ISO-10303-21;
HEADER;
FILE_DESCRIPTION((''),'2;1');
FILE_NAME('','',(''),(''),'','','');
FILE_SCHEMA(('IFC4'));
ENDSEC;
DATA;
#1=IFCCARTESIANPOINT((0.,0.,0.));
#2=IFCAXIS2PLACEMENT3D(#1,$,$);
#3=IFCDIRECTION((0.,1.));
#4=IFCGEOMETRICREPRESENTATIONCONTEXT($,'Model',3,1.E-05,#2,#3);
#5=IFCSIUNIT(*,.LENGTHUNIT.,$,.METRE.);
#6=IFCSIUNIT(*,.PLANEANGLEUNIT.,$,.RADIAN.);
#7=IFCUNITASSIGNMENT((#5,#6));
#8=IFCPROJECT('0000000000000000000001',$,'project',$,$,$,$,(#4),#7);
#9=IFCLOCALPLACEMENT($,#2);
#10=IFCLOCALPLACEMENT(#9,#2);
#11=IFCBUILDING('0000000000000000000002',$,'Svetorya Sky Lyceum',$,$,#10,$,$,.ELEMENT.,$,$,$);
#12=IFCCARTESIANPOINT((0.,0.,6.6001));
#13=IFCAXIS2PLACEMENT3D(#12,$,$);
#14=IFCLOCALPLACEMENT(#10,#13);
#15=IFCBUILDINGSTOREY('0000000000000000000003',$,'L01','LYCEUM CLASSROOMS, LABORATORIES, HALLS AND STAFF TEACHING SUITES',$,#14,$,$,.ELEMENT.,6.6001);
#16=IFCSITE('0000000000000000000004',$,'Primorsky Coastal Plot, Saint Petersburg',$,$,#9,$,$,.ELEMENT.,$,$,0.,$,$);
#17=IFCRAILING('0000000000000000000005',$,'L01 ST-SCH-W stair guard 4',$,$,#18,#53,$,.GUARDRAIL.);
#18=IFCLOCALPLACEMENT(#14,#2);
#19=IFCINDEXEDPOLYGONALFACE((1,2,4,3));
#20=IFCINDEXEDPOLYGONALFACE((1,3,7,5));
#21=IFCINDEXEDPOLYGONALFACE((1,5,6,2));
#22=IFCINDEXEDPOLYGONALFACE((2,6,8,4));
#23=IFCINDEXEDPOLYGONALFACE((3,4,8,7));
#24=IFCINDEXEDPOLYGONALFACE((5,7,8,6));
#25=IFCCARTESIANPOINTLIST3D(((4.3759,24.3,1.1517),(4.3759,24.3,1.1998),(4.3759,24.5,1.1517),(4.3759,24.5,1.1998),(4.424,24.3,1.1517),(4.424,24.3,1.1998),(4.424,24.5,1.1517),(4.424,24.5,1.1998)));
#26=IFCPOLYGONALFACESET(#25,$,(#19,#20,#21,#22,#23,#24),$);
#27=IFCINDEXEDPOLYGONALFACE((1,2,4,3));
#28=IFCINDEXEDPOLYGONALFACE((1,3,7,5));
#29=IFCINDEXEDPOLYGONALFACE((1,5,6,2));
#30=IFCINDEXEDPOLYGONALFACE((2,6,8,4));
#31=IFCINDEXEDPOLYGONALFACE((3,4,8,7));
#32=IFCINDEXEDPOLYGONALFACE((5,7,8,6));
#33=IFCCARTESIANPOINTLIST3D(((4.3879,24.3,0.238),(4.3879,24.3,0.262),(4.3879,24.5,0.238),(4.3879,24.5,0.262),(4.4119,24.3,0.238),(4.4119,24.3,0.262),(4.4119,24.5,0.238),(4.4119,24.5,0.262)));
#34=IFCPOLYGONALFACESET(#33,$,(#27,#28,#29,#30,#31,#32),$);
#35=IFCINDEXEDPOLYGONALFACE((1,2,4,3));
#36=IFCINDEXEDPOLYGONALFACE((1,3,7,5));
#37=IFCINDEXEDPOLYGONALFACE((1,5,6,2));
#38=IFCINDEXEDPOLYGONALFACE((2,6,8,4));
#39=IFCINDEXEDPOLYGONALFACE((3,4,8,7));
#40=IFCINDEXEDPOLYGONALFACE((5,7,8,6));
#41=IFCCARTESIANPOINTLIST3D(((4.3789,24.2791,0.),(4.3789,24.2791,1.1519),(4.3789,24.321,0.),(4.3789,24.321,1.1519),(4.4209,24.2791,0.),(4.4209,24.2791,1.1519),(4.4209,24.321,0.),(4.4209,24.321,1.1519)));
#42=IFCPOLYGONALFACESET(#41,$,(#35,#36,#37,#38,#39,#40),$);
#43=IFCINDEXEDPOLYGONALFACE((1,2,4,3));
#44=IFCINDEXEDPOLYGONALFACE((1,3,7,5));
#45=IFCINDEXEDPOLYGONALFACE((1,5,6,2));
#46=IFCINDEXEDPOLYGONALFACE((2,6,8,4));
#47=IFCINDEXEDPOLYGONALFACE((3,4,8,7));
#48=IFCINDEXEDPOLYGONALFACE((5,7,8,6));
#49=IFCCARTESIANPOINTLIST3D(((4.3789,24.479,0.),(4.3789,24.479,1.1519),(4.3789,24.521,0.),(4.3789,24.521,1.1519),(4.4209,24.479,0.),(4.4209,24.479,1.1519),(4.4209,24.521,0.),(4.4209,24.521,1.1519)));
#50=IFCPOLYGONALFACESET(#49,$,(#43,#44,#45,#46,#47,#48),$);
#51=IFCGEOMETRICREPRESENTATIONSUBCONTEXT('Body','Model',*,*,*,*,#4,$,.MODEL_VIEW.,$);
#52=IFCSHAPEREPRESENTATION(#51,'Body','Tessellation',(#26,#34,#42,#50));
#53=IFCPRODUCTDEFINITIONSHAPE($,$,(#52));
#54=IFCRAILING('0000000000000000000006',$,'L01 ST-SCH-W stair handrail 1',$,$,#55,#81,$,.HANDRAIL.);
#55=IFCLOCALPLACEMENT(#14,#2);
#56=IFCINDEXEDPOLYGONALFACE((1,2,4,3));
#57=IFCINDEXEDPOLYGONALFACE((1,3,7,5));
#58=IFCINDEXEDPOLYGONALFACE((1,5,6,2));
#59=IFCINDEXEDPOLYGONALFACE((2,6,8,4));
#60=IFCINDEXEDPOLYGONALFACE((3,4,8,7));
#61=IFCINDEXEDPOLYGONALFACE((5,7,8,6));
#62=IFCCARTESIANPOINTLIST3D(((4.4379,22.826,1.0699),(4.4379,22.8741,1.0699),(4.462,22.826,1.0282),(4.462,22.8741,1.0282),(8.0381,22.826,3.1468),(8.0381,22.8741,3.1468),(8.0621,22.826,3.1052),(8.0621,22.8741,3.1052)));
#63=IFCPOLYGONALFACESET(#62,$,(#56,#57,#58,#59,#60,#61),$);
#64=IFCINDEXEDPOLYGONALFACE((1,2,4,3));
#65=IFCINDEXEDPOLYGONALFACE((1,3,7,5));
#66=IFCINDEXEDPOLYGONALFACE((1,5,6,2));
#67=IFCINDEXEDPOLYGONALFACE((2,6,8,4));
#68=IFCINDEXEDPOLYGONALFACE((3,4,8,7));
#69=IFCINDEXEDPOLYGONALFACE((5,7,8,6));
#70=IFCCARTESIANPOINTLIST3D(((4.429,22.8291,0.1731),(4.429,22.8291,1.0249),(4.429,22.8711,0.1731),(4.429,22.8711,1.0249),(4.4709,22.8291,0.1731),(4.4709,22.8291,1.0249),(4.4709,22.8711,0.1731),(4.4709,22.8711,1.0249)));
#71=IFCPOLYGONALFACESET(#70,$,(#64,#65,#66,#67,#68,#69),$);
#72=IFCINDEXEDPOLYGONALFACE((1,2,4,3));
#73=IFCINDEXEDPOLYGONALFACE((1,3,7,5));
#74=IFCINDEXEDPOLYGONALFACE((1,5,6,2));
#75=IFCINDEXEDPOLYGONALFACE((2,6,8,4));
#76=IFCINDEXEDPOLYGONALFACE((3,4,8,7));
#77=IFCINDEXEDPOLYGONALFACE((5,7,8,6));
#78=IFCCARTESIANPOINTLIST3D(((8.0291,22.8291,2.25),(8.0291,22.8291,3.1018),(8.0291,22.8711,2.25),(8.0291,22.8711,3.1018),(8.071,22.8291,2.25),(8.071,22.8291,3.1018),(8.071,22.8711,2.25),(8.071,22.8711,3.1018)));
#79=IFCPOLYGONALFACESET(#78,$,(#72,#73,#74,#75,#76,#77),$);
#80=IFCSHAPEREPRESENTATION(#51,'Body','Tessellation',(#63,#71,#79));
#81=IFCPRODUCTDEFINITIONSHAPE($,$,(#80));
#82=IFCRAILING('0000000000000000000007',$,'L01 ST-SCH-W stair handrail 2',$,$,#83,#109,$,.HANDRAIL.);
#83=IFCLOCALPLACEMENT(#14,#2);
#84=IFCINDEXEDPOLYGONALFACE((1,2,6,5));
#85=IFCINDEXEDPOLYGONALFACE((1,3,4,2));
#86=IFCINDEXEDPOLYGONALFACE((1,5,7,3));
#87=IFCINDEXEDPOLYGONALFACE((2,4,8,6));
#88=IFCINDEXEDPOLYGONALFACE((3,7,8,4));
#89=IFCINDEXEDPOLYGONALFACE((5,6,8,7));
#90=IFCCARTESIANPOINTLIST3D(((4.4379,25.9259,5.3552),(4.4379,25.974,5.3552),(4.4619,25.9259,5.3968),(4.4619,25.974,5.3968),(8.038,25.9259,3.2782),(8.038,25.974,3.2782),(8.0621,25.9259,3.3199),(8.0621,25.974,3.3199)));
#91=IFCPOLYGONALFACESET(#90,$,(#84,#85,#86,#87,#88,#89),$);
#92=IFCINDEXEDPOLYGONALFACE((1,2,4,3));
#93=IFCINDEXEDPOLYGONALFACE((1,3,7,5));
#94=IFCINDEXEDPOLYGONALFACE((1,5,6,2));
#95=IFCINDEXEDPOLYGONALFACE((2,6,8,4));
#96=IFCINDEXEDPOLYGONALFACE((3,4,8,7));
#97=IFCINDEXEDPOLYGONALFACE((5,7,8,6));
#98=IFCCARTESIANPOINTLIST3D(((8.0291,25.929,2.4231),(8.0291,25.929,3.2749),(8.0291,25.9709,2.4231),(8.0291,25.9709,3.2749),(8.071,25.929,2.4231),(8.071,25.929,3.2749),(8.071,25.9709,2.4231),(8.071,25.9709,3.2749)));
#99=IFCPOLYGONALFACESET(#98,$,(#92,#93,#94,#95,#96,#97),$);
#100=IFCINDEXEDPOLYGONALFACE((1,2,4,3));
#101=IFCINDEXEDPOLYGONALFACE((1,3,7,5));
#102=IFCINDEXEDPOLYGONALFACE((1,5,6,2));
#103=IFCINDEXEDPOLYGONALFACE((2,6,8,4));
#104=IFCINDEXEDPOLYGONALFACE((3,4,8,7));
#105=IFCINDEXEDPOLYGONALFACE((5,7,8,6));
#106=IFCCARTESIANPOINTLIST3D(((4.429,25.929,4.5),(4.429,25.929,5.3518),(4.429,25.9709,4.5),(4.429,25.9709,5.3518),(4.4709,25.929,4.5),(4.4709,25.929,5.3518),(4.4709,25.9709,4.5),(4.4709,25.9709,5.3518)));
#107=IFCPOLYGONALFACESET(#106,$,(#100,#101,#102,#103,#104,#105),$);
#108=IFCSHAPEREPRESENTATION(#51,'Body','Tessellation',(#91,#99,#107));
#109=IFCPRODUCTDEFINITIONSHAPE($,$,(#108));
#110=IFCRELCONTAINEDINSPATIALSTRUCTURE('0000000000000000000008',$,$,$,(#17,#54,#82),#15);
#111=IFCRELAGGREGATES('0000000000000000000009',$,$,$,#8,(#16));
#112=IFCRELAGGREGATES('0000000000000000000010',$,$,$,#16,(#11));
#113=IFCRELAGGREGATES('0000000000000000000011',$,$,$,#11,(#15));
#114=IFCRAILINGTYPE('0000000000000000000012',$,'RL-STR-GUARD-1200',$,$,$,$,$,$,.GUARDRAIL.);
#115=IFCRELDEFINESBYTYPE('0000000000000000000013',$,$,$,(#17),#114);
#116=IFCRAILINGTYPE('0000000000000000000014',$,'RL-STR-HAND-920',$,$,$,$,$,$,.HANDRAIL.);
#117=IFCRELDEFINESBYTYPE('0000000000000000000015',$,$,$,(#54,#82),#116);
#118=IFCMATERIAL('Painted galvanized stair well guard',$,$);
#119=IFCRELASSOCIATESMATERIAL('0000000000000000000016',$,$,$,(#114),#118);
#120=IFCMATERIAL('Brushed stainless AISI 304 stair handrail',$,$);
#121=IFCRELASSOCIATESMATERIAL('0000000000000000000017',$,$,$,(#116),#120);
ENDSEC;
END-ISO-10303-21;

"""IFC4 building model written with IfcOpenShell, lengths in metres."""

from ifc_helpers import new_model, si_unit, direction, frame, origin, origin_2d, place, context, subcontext, project, spatial, rectangle, extrude, material, type_object, element, save


model = new_model("IFC4")

# Units and contexts
model_context = context("Model", 3, precision=1e-05, world=origin(), true_north=direction((0.0, 1.0)))
body_context = subcontext(model_context, "Body", "Model", "MODEL_VIEW")
ifc_project = project(units=[si_unit("LENGTHUNIT", "METRE"), si_unit("PLANEANGLEUNIT", "RADIAN")], contexts=[model_context])

# Site, building, storey
site_placement = place(None, origin())
site = spatial("IfcSite", under=ifc_project, at=site_placement, Name="Primorsky Coastal Plot, Saint Petersburg", CompositionType="ELEMENT", RefElevation=0.0)
building_placement = place(site_placement, origin())
building = spatial("IfcBuilding", under=site, at=building_placement, Name="Svetorya Sky Lyceum", CompositionType="ELEMENT")
storey_placement = place(building_placement, frame((0.0, 0.0, 6.6001)))
storey = spatial("IfcBuildingStorey", under=building, at=storey_placement, Name="L01", Description="LYCEUM CLASSROOMS, LABORATORIES, HALLS AND STAFF TEACHING SUITES", CompositionType="ELEMENT", Elevation=6.6001)

# Railings
ifc_material_1 = material(Name="Painted galvanized stair well guard")
railing_type_1 = type_object("IfcRailingType", Name="RL-STR-GUARD-1200", PredefinedType="GUARDRAIL", material=ifc_material_1)
railing_1_placement = place(storey_placement, frame((4.3999, 24.3, 0.0)))
element("IfcRailing", 1, at=railing_1_placement, inside=storey, type_object=railing_type_1, Name="L01 ST-SCH-W stair guard 4", PredefinedType="GUARDRAIL", context=body_context, shape_type="SweptSolid", body=[
    extrude(rectangle(XDim=0.0481, YDim=0.0481, at=origin_2d()), frame((0.0, 0.0, 1.1758), z_axis=(0.0, 1.0, 0.0), x_axis=(-1.0, 0.0, 0.0)), (0.0, 0.0, 1.0), 0.2),
    extrude(rectangle(XDim=0.0239, YDim=0.0239, at=origin_2d()), frame((0.0, 0.0, 0.25), z_axis=(0.0, 1.0, 0.0), x_axis=(-1.0, 0.0, 0.0)), (0.0, 0.0, 1.0), 0.2),
    extrude(rectangle(XDim=0.042, YDim=0.042, at=origin_2d()), origin(), (0.0, 0.0, 1.0), 1.1519),
    extrude(rectangle(XDim=0.042, YDim=0.042, at=origin_2d()), frame((0.0, 0.2, 0.0)), (0.0, 0.0, 1.0), 1.1519),
])
ifc_material_2 = material(Name="Brushed stainless AISI 304 stair handrail")
railing_type_2 = type_object("IfcRailingType", Name="RL-STR-HAND-920", PredefinedType="HANDRAIL", material=ifc_material_2)
railing_2_placement = place(storey_placement, frame((4.45, 22.8501, 0.1731)))
element("IfcRailing", 2, at=railing_2_placement, inside=storey, type_object=railing_type_2, Name="L01 ST-SCH-W stair handrail 1", PredefinedType="HANDRAIL", context=body_context, shape_type="SweptSolid", body=[
    extrude(rectangle(XDim=0.0481, YDim=0.0481, at=origin_2d()), frame((0.0, 0.0, 0.876), z_axis=(0.866193, 0.0, 0.499709), x_axis=(0.0, 1.0, 0.0)), (0.0, 0.0, 1.0), 4.1562),
    extrude(rectangle(XDim=0.042, YDim=0.042, at=origin_2d()), origin(), (0.0, 0.0, 1.0), 0.8518),
    extrude(rectangle(XDim=0.042, YDim=0.042, at=origin_2d()), frame((3.6001, 0.0, 2.0769)), (0.0, 0.0, 1.0), 0.8518),
])
railing_3_placement = place(storey_placement, frame((8.05, 25.95, 2.4231)))
element("IfcRailing", 3, at=railing_3_placement, inside=storey, type_object=railing_type_2, Name="L01 ST-SCH-W stair handrail 2", PredefinedType="HANDRAIL", context=body_context, shape_type="SweptSolid", body=[
    extrude(rectangle(XDim=0.0481, YDim=0.0481, at=origin_2d()), frame((0.0, 0.0, 0.876), z_axis=(-0.866193, 0.0, 0.499709), x_axis=(0.0, -1.0, 0.0)), (0.0, 0.0, 1.0), 4.1562),
    extrude(rectangle(XDim=0.042, YDim=0.042, at=origin_2d()), origin(), (0.0, 0.0, 1.0), 0.8518),
    extrude(rectangle(XDim=0.042, YDim=0.042, at=origin_2d()), frame((-3.6001, 0.0, 2.0769)), (0.0, 0.0, 1.0), 0.8518),
])

save(model, "model.ifc")
